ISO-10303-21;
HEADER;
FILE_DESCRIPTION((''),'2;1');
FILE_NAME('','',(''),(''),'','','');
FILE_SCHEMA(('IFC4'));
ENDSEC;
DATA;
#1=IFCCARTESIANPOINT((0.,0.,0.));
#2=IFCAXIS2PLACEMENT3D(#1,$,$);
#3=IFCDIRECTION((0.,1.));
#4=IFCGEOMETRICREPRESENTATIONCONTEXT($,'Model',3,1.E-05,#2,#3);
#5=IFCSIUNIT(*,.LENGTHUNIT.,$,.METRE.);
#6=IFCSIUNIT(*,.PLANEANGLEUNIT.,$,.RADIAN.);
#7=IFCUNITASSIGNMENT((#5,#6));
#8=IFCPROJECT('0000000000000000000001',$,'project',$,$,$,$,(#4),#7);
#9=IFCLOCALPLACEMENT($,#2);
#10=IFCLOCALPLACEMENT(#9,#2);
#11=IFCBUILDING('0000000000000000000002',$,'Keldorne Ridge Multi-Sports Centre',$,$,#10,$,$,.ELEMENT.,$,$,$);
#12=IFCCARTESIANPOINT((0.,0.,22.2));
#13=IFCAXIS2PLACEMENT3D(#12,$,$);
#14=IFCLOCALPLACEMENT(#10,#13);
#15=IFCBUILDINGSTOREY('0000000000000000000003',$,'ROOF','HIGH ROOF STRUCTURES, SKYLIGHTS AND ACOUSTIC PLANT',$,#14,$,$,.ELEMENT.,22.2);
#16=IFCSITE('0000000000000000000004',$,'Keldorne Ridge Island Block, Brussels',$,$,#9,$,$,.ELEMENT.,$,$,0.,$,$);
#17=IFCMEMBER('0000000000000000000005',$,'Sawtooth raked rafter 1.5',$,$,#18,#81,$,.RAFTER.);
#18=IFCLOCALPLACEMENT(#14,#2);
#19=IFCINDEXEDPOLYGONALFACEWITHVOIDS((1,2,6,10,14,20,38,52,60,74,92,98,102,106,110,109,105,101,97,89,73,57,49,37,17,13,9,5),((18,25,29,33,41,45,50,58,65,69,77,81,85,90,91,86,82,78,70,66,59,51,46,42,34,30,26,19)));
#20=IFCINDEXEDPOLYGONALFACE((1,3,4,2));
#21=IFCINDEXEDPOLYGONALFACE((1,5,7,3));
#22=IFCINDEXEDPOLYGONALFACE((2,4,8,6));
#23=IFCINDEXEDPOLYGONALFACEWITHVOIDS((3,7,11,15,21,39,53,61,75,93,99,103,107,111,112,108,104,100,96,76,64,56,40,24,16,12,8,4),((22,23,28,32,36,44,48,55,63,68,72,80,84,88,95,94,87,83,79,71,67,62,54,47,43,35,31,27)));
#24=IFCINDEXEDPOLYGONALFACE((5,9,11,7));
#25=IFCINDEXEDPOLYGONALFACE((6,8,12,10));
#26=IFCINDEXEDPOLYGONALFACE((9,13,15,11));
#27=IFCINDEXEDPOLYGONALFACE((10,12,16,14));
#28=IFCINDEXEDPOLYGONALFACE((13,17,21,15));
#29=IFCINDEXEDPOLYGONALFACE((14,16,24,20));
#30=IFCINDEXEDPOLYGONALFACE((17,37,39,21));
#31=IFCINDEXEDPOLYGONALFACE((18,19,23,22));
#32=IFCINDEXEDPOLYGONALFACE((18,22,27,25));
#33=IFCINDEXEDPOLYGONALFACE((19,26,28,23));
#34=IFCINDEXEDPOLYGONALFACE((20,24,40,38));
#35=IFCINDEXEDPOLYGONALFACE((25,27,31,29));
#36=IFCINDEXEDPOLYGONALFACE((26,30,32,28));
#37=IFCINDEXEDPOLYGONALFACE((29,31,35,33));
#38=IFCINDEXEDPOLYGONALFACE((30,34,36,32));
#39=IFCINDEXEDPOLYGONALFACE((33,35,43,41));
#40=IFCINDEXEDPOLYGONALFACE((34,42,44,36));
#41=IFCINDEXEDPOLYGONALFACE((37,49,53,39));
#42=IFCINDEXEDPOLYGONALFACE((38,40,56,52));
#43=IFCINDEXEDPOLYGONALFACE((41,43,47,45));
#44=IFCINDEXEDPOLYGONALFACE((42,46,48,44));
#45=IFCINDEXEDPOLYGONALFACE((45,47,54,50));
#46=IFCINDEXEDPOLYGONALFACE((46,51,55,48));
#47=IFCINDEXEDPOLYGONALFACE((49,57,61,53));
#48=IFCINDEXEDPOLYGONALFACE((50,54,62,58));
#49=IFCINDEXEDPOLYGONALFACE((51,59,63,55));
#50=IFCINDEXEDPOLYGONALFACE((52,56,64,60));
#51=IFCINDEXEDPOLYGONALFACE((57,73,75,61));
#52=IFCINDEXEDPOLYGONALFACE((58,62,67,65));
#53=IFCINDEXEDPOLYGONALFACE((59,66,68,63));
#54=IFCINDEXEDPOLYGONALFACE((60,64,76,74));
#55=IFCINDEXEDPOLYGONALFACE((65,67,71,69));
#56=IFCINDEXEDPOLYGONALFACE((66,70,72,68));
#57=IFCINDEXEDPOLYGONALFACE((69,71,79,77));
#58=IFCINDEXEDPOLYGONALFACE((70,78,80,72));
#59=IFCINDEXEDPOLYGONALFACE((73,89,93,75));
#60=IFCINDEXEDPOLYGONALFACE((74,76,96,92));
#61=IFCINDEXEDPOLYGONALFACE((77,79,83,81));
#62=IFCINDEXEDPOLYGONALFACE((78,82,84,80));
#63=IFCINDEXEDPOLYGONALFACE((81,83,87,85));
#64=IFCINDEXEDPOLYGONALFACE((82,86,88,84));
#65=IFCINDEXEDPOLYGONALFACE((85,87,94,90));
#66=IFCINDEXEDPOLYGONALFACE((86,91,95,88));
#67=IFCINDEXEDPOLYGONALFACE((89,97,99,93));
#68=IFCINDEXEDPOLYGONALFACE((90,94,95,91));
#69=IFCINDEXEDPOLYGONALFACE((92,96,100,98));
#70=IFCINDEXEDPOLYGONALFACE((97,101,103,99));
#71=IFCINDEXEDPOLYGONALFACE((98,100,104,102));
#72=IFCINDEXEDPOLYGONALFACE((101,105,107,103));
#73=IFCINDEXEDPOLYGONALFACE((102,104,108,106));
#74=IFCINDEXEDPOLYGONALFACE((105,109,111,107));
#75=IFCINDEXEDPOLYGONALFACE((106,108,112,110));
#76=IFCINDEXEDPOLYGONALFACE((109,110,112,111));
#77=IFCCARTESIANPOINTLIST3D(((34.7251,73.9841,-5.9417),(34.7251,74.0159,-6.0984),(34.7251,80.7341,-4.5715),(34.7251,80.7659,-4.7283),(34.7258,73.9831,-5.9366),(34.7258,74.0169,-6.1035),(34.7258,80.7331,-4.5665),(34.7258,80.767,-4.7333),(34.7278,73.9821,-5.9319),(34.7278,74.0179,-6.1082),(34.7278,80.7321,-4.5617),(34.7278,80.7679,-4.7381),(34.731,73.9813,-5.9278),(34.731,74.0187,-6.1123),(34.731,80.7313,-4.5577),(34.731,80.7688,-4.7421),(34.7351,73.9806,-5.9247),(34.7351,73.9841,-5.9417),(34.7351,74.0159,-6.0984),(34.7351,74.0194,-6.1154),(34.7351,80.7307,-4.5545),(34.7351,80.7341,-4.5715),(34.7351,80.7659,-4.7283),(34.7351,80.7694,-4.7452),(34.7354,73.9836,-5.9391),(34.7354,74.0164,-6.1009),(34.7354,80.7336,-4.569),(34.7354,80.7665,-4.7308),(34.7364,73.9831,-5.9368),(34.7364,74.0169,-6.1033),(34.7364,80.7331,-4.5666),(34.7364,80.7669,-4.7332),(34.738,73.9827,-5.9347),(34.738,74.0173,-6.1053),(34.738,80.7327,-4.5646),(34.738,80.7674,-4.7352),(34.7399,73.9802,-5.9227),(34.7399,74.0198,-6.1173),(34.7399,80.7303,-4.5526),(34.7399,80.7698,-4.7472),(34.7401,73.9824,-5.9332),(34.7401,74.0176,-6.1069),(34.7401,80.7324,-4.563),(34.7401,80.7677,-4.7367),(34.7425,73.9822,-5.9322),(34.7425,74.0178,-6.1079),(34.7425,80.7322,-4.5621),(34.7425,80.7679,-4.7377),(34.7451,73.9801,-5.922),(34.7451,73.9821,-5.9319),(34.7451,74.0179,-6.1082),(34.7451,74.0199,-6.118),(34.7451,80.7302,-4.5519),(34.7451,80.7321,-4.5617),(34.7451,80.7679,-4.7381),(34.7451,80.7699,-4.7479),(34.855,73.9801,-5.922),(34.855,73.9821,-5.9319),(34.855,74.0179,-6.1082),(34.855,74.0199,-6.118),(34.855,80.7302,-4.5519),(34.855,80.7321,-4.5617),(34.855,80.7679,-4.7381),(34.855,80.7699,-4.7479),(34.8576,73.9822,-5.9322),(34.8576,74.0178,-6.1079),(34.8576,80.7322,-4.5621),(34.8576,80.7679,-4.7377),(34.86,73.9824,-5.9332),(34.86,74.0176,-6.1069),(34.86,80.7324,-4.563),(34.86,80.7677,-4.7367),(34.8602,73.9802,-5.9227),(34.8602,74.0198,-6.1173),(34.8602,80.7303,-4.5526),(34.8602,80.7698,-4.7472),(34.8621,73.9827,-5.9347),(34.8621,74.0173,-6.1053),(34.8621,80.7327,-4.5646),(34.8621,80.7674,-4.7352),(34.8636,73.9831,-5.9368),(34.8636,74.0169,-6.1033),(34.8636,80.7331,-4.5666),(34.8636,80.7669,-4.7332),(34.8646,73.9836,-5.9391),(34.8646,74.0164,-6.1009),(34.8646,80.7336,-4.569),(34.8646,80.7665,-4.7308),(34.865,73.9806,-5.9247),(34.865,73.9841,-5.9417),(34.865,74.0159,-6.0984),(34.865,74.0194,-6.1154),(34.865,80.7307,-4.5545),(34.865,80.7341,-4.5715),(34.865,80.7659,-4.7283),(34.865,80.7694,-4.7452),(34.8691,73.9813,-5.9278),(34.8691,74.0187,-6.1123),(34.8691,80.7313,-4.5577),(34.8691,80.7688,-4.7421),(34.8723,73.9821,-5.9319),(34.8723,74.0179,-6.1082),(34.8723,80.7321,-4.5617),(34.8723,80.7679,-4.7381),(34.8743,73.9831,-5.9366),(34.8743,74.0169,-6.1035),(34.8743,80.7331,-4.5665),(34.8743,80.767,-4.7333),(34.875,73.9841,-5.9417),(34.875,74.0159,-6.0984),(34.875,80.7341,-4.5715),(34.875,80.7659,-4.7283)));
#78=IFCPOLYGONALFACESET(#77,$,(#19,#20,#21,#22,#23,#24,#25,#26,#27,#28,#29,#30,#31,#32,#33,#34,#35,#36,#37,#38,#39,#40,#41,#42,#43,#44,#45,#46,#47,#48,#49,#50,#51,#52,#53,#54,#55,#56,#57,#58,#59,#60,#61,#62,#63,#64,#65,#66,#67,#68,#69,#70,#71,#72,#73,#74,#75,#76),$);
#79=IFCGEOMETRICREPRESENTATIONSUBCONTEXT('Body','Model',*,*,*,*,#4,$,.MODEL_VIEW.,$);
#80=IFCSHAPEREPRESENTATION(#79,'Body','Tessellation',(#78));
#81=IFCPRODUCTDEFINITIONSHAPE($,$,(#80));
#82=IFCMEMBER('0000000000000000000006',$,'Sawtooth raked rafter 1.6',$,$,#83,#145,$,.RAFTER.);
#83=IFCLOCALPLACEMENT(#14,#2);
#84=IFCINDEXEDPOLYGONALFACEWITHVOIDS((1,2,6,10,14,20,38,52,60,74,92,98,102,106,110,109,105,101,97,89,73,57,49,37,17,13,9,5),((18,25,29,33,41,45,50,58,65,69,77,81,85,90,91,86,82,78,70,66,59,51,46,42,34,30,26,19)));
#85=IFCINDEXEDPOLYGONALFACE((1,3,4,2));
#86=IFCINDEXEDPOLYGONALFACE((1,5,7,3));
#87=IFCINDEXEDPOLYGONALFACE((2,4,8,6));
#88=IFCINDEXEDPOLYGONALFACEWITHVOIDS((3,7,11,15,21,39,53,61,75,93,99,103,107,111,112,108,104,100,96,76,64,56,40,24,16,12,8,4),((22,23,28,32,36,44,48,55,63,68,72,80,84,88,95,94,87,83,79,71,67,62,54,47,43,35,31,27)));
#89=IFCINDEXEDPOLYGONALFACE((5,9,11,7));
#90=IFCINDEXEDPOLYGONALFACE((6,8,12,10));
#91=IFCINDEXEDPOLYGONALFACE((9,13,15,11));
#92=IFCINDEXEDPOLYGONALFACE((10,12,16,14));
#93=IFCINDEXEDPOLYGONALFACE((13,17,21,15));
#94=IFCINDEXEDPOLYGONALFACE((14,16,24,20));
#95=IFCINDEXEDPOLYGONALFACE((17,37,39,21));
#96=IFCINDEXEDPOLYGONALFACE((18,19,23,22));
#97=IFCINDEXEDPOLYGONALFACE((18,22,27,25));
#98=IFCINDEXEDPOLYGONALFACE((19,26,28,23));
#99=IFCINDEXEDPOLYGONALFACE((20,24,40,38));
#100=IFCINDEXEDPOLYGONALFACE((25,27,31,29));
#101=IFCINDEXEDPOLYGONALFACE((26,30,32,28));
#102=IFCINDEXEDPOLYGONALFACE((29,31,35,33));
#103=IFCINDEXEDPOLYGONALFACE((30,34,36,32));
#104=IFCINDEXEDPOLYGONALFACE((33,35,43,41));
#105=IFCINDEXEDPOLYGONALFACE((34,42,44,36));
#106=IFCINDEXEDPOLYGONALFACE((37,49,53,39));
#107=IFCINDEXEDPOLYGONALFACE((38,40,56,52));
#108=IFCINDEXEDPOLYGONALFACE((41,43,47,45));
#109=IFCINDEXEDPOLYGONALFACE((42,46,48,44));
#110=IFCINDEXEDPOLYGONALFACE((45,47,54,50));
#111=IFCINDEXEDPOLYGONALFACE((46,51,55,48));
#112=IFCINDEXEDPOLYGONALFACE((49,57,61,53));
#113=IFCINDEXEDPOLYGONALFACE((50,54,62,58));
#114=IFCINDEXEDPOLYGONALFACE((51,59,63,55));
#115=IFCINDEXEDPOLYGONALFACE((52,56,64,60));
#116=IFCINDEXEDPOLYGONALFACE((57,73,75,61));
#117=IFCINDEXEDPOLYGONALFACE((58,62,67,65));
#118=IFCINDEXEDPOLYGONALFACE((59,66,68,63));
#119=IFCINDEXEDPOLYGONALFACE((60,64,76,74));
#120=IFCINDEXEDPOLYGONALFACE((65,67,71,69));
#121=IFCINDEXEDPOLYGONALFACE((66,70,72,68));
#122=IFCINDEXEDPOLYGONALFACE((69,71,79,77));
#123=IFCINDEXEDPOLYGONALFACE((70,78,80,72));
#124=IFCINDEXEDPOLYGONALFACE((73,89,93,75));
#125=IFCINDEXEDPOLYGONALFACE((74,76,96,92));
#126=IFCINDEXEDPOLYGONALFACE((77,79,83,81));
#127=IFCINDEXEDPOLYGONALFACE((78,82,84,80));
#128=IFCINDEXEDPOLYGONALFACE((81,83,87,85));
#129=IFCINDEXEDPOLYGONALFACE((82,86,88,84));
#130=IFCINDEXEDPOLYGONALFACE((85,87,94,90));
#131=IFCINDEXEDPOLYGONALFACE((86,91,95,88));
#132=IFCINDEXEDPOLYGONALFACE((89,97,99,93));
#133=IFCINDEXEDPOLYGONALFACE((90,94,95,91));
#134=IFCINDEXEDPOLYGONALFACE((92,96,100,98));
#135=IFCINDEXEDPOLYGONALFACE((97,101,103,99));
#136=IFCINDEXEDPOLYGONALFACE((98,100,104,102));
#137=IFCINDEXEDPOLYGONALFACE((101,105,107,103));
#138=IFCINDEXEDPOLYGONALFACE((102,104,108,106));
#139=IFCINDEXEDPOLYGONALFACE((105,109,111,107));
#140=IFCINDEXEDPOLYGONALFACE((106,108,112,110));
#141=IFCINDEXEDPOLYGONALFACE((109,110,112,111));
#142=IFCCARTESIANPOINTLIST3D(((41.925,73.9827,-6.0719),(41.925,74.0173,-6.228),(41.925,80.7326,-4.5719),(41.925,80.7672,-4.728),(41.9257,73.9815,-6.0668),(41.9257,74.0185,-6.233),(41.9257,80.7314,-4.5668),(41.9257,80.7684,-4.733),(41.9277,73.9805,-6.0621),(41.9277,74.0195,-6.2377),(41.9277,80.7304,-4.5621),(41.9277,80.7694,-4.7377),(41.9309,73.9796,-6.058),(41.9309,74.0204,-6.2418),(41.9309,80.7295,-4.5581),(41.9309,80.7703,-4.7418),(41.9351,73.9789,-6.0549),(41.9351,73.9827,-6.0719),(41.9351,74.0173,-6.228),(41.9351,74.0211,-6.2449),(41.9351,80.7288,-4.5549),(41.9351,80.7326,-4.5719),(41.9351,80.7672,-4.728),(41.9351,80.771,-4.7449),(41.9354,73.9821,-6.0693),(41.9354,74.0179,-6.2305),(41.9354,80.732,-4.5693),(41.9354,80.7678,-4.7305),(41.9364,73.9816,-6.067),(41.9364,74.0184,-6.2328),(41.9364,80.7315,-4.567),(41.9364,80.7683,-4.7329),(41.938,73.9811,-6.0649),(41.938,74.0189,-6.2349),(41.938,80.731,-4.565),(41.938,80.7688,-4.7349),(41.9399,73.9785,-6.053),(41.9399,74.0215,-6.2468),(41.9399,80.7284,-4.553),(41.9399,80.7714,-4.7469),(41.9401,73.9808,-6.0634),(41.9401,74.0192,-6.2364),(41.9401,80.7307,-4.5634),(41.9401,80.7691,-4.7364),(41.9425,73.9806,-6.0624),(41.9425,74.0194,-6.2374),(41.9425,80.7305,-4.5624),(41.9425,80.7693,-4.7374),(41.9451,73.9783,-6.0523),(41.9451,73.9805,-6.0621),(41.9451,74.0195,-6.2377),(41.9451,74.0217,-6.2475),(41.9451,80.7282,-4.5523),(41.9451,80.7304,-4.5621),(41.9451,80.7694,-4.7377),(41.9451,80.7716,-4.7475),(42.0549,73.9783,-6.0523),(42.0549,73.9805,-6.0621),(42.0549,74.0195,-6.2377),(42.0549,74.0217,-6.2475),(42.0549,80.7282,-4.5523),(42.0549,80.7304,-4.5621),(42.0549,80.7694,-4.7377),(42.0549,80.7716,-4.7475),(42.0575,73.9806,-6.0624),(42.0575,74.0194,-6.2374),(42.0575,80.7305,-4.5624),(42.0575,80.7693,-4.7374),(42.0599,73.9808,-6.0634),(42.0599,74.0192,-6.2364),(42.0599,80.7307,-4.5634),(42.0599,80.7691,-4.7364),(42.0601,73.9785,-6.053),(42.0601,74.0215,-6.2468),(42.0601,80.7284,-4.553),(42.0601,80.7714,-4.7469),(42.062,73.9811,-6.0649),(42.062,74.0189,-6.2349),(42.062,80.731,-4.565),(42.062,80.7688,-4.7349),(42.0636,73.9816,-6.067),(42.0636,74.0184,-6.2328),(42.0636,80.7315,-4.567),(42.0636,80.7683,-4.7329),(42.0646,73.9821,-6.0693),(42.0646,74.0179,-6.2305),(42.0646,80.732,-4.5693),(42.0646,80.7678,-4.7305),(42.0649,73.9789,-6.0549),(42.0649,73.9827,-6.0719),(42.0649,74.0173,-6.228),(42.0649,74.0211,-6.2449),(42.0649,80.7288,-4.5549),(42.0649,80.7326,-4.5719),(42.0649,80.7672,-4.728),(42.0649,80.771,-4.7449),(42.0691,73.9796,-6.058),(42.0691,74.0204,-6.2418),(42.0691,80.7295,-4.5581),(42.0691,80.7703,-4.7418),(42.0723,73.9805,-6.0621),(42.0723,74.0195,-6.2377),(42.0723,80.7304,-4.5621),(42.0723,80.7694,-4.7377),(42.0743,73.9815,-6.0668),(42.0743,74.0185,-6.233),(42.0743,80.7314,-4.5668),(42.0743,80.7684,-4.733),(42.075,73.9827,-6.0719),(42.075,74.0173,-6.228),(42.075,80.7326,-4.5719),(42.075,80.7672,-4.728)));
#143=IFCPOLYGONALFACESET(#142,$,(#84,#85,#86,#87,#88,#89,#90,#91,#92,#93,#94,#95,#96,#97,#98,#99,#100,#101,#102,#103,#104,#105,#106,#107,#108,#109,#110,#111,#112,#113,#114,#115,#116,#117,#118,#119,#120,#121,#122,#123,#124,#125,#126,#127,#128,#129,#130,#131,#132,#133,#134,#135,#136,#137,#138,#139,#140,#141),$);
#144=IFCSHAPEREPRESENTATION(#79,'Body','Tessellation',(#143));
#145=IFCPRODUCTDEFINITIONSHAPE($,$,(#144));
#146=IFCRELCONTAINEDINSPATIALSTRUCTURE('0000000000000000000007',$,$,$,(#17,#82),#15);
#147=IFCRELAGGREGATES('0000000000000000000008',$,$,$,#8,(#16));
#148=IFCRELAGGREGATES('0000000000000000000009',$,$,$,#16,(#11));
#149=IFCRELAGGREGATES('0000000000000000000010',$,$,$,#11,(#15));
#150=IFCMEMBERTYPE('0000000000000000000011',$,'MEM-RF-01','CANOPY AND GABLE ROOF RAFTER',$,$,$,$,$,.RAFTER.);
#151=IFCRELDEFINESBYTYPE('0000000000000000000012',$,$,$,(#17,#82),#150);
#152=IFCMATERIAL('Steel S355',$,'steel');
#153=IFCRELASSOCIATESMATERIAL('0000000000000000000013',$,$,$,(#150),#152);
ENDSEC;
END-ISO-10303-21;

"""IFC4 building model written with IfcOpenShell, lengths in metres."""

from ifc_helpers import new_model, si_unit, direction, frame, origin, origin_2d, place, context, subcontext, project, spatial, hollow_rectangle, extrude, material, material_profile, profile_set, type_object, element, save


model = new_model("IFC4")

# Units and contexts
model_context = context("Model", 3, precision=1e-05, world=origin(), true_north=direction((0.0, 1.0)))
body_context = subcontext(model_context, "Body", "Model", "MODEL_VIEW")
ifc_project = project(units=[si_unit("LENGTHUNIT", "METRE"), si_unit("PLANEANGLEUNIT", "RADIAN")], contexts=[model_context])

# Site, building, storey
site_placement = place(None, origin())
site = spatial("IfcSite", under=ifc_project, at=site_placement, Name="Keldorne Ridge Island Block, Brussels", CompositionType="ELEMENT", RefElevation=0.0)
building_placement = place(site_placement, origin())
building = spatial("IfcBuilding", under=site, at=building_placement, Name="Keldorne Ridge Multi-Sports Centre", CompositionType="ELEMENT")
storey_placement = place(building_placement, frame((0.0, 0.0, 22.2)))
storey = spatial("IfcBuildingStorey", under=building, at=storey_placement, Name="ROOF", Description="HIGH ROOF STRUCTURES, SKYLIGHTS AND ACOUSTIC PLANT", CompositionType="ELEMENT", Elevation=22.2)

# Shared definitions
ifc_material_1 = material(Name="Steel S355", Category="steel")

# Members
ifc_material_profile_1 = material_profile(ifc_material_1, hollow_rectangle(XDim=0.1499, YDim=0.2, WallThickness=0.01, InnerFilletRadius=0.01, OuterFilletRadius=0.02, at=origin_2d()), Name="RHS 200x150x10")
ifc_profile_set_1 = profile_set([ifc_material_profile_1], Name="Steel S355")
member_type_1 = type_object("IfcMemberType", Name="MEM-RF-01", Description="CANOPY AND GABLE ROOF RAFTER", PredefinedType="RAFTER", material=ifc_profile_set_1)
member_1_placement = place(storey_placement, frame((34.8, 74.0, -6.02), z_axis=(0.0, 0.980015, 0.198924), x_axis=(-1.0, 0.0, 0.0)))
element("IfcMember", 1, at=member_1_placement, inside=storey, type_object=member_type_1, Name="Sawtooth raked rafter 1.5", PredefinedType="RAFTER", context=body_context, shape_type="SweptSolid", body=[
    extrude(hollow_rectangle(XDim=0.1499, YDim=0.2, WallThickness=0.01, InnerFilletRadius=0.01, OuterFilletRadius=0.02, at=origin_2d()), origin(), (0.0, 0.0, 1.0), 6.8877),
])
member_2_placement = place(storey_placement, frame((42.0, 74.0, -6.1499), z_axis=(0.0, 0.976187, 0.21693), x_axis=(-1.0, 0.0, 0.0)))
element("IfcMember", 2, at=member_2_placement, inside=storey, type_object=member_type_1, Name="Sawtooth raked rafter 1.6", PredefinedType="RAFTER", context=body_context, shape_type="SweptSolid", body=[
    extrude(hollow_rectangle(XDim=0.1499, YDim=0.2, WallThickness=0.01, InnerFilletRadius=0.01, OuterFilletRadius=0.02, at=origin_2d()), origin(), (0.0, 0.0, 1.0), 6.9146),
])

save(model, "model.ifc")
